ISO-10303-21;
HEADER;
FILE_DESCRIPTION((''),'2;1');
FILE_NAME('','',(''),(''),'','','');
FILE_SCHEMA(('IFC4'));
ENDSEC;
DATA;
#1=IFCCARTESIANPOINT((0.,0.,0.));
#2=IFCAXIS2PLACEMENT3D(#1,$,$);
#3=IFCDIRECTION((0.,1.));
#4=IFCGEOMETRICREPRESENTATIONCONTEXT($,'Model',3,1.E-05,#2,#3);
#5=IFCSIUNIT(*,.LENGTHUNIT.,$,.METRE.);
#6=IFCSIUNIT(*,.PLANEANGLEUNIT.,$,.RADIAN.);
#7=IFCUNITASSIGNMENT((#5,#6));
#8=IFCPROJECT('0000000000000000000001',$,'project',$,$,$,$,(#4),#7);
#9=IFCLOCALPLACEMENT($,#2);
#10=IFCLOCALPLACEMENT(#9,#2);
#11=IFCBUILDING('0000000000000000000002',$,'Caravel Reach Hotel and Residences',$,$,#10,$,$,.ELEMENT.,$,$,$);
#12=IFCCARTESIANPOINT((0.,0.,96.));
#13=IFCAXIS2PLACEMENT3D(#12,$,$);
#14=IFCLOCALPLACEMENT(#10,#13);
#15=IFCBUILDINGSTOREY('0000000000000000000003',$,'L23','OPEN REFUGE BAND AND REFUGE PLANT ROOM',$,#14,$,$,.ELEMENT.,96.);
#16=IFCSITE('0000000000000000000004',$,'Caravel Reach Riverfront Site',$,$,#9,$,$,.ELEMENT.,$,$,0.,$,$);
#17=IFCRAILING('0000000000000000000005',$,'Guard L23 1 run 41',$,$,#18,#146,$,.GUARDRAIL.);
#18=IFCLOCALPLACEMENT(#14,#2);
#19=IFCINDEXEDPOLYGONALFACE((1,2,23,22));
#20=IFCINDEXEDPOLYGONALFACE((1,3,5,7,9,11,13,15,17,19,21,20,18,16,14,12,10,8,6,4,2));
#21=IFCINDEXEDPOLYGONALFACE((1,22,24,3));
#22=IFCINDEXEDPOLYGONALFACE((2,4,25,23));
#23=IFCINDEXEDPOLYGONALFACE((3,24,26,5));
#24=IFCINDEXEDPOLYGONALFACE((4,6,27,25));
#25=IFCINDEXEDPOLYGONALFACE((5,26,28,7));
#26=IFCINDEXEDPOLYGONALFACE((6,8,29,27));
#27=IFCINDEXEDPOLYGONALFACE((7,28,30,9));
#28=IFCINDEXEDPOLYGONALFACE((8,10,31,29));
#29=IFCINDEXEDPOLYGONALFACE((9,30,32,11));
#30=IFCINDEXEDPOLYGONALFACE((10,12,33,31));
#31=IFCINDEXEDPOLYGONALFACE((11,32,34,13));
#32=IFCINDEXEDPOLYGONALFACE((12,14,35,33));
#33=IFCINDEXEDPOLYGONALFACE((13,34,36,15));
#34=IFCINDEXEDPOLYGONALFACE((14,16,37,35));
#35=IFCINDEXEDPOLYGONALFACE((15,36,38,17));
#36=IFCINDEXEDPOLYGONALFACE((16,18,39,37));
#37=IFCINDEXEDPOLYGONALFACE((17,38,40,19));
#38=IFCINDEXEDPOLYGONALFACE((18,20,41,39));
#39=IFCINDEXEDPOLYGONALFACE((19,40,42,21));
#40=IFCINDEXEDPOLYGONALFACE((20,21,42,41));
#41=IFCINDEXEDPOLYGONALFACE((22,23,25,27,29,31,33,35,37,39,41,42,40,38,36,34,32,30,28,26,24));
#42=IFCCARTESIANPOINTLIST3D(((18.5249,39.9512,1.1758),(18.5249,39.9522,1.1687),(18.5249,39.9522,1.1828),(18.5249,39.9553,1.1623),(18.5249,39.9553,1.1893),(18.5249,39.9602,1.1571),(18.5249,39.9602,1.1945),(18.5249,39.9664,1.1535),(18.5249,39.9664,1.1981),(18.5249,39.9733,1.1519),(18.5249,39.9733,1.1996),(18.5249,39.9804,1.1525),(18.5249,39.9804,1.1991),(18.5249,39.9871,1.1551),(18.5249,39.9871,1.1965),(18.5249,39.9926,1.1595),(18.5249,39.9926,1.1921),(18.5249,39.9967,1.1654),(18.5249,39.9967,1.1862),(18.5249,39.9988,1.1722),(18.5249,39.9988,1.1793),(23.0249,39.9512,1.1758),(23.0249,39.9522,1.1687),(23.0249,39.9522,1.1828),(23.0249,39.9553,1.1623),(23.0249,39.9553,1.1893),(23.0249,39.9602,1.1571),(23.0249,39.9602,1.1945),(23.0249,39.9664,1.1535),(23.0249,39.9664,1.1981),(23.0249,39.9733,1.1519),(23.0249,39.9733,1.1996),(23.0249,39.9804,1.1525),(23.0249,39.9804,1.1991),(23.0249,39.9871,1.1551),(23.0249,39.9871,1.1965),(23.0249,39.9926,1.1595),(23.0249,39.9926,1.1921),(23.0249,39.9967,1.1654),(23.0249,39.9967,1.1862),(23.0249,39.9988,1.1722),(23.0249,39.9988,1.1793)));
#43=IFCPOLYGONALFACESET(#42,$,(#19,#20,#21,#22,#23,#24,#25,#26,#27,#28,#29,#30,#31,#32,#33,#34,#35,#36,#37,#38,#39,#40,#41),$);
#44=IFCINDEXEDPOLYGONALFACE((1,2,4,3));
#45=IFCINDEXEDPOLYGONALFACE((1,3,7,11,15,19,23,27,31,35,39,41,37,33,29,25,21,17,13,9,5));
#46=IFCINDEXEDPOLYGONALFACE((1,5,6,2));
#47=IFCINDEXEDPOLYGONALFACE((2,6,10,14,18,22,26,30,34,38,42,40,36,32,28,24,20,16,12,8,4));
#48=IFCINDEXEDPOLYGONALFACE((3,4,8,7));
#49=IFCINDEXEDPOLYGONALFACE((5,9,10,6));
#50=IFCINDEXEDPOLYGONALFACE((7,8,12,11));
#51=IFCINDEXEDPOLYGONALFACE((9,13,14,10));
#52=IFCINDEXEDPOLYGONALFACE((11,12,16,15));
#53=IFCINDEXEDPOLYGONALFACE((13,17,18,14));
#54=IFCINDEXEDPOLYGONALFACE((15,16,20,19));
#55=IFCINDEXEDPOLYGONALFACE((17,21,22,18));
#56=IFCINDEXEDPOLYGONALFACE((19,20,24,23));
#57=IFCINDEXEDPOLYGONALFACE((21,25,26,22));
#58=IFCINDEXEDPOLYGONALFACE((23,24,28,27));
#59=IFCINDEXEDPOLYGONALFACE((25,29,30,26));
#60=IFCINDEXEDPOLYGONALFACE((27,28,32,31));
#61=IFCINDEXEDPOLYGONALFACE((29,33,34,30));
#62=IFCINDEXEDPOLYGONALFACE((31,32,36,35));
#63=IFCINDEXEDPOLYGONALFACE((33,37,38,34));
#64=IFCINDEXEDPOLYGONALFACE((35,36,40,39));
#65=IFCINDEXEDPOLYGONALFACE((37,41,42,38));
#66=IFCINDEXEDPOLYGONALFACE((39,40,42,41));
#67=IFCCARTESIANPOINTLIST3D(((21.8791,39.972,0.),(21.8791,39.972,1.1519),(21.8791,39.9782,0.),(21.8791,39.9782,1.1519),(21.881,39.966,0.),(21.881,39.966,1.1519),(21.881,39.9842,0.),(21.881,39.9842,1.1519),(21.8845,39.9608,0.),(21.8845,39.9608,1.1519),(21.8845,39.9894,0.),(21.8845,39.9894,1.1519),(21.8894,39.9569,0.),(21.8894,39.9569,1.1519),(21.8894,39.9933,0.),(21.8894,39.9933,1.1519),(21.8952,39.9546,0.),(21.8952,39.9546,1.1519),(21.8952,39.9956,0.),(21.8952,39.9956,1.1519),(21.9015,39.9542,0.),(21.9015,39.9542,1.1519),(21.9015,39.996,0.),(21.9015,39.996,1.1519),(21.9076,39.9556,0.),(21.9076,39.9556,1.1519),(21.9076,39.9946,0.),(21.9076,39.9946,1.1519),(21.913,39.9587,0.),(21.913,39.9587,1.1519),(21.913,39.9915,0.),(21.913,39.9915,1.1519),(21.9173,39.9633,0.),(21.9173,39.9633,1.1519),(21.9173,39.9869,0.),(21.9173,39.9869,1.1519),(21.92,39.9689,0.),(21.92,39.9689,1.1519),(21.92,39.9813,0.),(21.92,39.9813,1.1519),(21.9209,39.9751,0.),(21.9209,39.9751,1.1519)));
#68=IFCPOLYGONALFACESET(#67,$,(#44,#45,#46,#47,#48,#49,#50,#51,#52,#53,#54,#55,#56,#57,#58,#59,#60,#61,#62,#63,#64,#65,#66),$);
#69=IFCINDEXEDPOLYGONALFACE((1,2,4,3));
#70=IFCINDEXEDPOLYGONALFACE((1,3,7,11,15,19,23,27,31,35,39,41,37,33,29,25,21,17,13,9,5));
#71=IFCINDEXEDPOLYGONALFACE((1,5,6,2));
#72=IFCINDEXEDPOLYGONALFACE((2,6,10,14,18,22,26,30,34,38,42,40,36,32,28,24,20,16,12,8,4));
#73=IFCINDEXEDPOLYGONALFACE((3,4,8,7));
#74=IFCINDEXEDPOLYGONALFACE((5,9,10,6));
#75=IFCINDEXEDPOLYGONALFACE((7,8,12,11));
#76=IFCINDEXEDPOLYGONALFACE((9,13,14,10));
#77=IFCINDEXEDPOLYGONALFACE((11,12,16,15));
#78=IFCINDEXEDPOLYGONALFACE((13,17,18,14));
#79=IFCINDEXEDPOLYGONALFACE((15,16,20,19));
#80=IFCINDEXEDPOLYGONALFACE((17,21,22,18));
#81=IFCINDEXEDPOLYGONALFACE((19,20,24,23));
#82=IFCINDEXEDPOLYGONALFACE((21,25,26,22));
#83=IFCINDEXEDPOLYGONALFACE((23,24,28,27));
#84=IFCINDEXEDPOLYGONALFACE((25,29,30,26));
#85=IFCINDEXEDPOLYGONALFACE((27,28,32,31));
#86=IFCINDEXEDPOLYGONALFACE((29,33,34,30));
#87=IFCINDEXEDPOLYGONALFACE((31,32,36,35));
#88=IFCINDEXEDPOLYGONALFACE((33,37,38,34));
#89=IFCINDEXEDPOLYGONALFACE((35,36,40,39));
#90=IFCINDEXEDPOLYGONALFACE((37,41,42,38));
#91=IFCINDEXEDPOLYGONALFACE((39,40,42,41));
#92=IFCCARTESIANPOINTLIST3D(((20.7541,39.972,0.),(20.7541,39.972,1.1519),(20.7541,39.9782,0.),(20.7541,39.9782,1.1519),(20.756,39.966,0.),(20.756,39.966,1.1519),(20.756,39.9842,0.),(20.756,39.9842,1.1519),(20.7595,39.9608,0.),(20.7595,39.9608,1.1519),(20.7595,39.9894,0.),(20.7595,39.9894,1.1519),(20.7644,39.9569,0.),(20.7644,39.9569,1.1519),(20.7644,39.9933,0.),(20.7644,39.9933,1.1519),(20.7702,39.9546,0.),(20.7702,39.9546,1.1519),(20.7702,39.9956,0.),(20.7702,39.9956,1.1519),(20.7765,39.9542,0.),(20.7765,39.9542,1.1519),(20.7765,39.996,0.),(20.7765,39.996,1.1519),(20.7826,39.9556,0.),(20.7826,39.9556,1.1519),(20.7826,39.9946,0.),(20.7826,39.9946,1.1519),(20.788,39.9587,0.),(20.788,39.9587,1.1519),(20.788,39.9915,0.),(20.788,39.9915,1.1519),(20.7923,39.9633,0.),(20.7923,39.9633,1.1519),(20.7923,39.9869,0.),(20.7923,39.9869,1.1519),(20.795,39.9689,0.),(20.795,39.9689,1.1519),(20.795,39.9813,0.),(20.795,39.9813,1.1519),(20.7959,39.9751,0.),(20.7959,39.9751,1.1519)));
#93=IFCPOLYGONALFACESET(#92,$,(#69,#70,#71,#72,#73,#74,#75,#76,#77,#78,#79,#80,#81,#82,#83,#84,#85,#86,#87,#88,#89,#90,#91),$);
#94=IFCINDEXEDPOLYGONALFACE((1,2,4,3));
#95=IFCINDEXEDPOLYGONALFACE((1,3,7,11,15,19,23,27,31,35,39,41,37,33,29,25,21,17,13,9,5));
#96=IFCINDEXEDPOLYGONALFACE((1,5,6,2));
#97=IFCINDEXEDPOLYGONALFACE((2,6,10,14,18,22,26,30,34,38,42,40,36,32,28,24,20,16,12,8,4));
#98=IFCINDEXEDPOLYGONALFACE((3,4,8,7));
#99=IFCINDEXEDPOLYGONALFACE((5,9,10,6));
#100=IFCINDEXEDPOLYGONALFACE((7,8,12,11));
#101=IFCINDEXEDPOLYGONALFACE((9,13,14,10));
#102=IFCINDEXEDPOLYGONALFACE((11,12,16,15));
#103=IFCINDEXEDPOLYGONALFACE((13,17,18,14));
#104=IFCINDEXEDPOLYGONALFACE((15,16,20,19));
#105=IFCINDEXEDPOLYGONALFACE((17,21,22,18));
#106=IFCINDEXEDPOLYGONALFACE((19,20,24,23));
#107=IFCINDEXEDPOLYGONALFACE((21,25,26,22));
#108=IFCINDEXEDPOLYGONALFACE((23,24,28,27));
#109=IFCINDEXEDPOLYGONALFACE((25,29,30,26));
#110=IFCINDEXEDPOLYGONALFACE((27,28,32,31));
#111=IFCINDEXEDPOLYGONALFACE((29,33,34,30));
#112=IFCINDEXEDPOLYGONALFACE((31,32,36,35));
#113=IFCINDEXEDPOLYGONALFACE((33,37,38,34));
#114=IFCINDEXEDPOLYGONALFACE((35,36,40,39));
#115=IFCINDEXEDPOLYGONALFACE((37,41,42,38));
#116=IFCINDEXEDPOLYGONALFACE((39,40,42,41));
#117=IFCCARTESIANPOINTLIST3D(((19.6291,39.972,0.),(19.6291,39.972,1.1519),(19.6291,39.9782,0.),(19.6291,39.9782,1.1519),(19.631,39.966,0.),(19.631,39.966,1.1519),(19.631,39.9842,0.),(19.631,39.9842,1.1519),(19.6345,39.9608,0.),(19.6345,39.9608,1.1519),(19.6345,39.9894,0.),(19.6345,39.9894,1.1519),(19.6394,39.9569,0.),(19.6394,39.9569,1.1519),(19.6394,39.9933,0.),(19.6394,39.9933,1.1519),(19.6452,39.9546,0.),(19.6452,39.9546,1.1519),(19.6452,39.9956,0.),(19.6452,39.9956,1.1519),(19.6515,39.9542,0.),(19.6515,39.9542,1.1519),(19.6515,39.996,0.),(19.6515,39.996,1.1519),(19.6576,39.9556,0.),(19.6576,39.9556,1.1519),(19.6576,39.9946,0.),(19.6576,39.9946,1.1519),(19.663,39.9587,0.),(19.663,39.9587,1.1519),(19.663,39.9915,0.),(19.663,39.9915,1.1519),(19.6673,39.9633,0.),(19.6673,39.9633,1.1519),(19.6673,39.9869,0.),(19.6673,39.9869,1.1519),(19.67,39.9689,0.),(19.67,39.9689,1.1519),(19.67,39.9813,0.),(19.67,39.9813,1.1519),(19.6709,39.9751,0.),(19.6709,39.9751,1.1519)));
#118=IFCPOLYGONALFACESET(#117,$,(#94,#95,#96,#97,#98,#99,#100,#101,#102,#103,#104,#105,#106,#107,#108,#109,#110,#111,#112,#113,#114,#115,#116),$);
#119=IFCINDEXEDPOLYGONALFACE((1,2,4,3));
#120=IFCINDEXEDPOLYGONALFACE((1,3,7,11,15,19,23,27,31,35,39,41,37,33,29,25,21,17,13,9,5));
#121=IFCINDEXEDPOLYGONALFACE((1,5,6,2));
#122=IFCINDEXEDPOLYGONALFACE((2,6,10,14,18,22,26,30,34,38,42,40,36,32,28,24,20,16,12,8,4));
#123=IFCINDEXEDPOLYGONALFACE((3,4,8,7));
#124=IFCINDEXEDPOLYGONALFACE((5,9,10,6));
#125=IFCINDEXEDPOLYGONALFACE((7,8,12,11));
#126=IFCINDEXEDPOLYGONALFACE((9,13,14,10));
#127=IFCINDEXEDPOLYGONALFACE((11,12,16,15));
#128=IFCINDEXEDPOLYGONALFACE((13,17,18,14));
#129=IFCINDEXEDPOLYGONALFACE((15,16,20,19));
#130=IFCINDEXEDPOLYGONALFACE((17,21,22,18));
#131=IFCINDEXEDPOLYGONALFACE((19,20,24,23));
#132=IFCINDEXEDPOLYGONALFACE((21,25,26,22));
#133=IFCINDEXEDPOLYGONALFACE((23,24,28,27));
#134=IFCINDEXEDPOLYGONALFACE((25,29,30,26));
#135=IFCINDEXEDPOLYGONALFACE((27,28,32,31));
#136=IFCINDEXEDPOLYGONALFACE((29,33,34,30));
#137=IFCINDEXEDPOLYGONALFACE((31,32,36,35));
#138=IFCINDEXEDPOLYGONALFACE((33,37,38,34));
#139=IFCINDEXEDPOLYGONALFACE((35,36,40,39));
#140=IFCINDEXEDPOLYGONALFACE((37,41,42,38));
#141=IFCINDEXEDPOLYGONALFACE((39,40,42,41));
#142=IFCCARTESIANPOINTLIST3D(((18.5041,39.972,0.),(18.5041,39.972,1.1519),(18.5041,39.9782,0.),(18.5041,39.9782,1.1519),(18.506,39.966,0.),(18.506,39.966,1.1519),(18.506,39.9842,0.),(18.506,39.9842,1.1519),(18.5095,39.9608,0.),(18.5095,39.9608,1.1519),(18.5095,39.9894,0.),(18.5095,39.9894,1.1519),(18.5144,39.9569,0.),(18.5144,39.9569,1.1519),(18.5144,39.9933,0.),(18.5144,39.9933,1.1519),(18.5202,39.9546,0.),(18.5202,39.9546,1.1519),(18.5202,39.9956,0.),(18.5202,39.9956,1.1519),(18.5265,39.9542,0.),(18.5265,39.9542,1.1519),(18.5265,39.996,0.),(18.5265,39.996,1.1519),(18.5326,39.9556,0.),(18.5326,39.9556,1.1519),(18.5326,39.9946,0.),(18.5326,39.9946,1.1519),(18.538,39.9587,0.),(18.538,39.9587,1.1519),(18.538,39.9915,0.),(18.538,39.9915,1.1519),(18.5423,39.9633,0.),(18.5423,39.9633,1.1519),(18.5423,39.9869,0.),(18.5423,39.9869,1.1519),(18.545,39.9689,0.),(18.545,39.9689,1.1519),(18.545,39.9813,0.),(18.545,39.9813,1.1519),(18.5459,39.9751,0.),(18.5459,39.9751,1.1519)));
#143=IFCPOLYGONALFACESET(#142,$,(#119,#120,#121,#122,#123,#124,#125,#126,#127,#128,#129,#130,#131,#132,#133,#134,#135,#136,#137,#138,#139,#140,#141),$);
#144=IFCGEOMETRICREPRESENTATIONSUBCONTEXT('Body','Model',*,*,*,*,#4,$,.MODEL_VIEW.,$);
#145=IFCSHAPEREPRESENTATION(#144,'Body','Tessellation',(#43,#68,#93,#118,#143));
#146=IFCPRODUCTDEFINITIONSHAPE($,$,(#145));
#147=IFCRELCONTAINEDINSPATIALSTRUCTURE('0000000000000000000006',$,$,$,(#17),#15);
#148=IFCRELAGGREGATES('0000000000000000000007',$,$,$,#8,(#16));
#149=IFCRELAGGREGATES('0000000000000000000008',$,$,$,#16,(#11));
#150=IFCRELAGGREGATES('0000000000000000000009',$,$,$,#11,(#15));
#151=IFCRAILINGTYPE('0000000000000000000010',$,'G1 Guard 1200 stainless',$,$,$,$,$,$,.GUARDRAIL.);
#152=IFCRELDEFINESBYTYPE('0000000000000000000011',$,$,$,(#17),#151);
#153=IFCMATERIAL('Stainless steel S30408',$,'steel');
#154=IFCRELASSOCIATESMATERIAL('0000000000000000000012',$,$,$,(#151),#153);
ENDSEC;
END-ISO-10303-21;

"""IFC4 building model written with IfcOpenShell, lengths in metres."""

from ifc_helpers import new_model, si_unit, direction, frame, origin, origin_2d, place, context, subcontext, project, spatial, circle, extrude, material, type_object, element, save


model = new_model("IFC4")

# Units and contexts
model_context = context("Model", 3, precision=1e-05, world=origin(), true_north=direction((0.0, 1.0)))
body_context = subcontext(model_context, "Body", "Model", "MODEL_VIEW")
ifc_project = project(units=[si_unit("LENGTHUNIT", "METRE"), si_unit("PLANEANGLEUNIT", "RADIAN")], contexts=[model_context])

# Site, building, storey
site_placement = place(None, origin())
site = spatial("IfcSite", under=ifc_project, at=site_placement, Name="Caravel Reach Riverfront Site", CompositionType="ELEMENT", RefElevation=0.0)
building_placement = place(site_placement, origin())
building = spatial("IfcBuilding", under=site, at=building_placement, Name="Caravel Reach Hotel and Residences", CompositionType="ELEMENT")
storey_placement = place(building_placement, frame((0.0, 0.0, 96.0)))
storey = spatial("IfcBuildingStorey", under=building, at=storey_placement, Name="L23", Description="OPEN REFUGE BAND AND REFUGE PLANT ROOM", CompositionType="ELEMENT", Elevation=96.0)

# Railing
ifc_material_1 = material(Name="Stainless steel S30408", Category="steel")
railing_type = type_object("IfcRailingType", Name="G1 Guard 1200 stainless", PredefinedType="GUARDRAIL", material=ifc_material_1)
railing_1_placement = place(storey_placement, frame((23.0249, 39.9751, 0.0)))
element("IfcRailing", 1, at=railing_1_placement, inside=storey, type_object=railing_type, Name="Guard L23 1 run 41", PredefinedType="GUARDRAIL", context=body_context, shape_type="SweptSolid", body=[
    extrude(circle(Radius=0.0239, at=origin_2d()), frame((0.0, 0.0, 1.1758), z_axis=(-1.0, 0.0, 0.0), x_axis=(0.0, -1.0, 0.0)), (0.0, 0.0, 1.0), 4.5),
    extrude(circle(Radius=0.021, at=origin_2d()), frame((-1.125, 0.0, 0.0)), (0.0, 0.0, 1.0), 1.1519),
    extrude(circle(Radius=0.021, at=origin_2d()), frame((-2.25, 0.0, 0.0)), (0.0, 0.0, 1.0), 1.1519),
    extrude(circle(Radius=0.021, at=origin_2d()), frame((-3.375, 0.0, 0.0)), (0.0, 0.0, 1.0), 1.1519),
    extrude(circle(Radius=0.021, at=origin_2d()), frame((-4.5, 0.0, 0.0)), (0.0, 0.0, 1.0), 1.1519),
])

save(model, "model.ifc")
